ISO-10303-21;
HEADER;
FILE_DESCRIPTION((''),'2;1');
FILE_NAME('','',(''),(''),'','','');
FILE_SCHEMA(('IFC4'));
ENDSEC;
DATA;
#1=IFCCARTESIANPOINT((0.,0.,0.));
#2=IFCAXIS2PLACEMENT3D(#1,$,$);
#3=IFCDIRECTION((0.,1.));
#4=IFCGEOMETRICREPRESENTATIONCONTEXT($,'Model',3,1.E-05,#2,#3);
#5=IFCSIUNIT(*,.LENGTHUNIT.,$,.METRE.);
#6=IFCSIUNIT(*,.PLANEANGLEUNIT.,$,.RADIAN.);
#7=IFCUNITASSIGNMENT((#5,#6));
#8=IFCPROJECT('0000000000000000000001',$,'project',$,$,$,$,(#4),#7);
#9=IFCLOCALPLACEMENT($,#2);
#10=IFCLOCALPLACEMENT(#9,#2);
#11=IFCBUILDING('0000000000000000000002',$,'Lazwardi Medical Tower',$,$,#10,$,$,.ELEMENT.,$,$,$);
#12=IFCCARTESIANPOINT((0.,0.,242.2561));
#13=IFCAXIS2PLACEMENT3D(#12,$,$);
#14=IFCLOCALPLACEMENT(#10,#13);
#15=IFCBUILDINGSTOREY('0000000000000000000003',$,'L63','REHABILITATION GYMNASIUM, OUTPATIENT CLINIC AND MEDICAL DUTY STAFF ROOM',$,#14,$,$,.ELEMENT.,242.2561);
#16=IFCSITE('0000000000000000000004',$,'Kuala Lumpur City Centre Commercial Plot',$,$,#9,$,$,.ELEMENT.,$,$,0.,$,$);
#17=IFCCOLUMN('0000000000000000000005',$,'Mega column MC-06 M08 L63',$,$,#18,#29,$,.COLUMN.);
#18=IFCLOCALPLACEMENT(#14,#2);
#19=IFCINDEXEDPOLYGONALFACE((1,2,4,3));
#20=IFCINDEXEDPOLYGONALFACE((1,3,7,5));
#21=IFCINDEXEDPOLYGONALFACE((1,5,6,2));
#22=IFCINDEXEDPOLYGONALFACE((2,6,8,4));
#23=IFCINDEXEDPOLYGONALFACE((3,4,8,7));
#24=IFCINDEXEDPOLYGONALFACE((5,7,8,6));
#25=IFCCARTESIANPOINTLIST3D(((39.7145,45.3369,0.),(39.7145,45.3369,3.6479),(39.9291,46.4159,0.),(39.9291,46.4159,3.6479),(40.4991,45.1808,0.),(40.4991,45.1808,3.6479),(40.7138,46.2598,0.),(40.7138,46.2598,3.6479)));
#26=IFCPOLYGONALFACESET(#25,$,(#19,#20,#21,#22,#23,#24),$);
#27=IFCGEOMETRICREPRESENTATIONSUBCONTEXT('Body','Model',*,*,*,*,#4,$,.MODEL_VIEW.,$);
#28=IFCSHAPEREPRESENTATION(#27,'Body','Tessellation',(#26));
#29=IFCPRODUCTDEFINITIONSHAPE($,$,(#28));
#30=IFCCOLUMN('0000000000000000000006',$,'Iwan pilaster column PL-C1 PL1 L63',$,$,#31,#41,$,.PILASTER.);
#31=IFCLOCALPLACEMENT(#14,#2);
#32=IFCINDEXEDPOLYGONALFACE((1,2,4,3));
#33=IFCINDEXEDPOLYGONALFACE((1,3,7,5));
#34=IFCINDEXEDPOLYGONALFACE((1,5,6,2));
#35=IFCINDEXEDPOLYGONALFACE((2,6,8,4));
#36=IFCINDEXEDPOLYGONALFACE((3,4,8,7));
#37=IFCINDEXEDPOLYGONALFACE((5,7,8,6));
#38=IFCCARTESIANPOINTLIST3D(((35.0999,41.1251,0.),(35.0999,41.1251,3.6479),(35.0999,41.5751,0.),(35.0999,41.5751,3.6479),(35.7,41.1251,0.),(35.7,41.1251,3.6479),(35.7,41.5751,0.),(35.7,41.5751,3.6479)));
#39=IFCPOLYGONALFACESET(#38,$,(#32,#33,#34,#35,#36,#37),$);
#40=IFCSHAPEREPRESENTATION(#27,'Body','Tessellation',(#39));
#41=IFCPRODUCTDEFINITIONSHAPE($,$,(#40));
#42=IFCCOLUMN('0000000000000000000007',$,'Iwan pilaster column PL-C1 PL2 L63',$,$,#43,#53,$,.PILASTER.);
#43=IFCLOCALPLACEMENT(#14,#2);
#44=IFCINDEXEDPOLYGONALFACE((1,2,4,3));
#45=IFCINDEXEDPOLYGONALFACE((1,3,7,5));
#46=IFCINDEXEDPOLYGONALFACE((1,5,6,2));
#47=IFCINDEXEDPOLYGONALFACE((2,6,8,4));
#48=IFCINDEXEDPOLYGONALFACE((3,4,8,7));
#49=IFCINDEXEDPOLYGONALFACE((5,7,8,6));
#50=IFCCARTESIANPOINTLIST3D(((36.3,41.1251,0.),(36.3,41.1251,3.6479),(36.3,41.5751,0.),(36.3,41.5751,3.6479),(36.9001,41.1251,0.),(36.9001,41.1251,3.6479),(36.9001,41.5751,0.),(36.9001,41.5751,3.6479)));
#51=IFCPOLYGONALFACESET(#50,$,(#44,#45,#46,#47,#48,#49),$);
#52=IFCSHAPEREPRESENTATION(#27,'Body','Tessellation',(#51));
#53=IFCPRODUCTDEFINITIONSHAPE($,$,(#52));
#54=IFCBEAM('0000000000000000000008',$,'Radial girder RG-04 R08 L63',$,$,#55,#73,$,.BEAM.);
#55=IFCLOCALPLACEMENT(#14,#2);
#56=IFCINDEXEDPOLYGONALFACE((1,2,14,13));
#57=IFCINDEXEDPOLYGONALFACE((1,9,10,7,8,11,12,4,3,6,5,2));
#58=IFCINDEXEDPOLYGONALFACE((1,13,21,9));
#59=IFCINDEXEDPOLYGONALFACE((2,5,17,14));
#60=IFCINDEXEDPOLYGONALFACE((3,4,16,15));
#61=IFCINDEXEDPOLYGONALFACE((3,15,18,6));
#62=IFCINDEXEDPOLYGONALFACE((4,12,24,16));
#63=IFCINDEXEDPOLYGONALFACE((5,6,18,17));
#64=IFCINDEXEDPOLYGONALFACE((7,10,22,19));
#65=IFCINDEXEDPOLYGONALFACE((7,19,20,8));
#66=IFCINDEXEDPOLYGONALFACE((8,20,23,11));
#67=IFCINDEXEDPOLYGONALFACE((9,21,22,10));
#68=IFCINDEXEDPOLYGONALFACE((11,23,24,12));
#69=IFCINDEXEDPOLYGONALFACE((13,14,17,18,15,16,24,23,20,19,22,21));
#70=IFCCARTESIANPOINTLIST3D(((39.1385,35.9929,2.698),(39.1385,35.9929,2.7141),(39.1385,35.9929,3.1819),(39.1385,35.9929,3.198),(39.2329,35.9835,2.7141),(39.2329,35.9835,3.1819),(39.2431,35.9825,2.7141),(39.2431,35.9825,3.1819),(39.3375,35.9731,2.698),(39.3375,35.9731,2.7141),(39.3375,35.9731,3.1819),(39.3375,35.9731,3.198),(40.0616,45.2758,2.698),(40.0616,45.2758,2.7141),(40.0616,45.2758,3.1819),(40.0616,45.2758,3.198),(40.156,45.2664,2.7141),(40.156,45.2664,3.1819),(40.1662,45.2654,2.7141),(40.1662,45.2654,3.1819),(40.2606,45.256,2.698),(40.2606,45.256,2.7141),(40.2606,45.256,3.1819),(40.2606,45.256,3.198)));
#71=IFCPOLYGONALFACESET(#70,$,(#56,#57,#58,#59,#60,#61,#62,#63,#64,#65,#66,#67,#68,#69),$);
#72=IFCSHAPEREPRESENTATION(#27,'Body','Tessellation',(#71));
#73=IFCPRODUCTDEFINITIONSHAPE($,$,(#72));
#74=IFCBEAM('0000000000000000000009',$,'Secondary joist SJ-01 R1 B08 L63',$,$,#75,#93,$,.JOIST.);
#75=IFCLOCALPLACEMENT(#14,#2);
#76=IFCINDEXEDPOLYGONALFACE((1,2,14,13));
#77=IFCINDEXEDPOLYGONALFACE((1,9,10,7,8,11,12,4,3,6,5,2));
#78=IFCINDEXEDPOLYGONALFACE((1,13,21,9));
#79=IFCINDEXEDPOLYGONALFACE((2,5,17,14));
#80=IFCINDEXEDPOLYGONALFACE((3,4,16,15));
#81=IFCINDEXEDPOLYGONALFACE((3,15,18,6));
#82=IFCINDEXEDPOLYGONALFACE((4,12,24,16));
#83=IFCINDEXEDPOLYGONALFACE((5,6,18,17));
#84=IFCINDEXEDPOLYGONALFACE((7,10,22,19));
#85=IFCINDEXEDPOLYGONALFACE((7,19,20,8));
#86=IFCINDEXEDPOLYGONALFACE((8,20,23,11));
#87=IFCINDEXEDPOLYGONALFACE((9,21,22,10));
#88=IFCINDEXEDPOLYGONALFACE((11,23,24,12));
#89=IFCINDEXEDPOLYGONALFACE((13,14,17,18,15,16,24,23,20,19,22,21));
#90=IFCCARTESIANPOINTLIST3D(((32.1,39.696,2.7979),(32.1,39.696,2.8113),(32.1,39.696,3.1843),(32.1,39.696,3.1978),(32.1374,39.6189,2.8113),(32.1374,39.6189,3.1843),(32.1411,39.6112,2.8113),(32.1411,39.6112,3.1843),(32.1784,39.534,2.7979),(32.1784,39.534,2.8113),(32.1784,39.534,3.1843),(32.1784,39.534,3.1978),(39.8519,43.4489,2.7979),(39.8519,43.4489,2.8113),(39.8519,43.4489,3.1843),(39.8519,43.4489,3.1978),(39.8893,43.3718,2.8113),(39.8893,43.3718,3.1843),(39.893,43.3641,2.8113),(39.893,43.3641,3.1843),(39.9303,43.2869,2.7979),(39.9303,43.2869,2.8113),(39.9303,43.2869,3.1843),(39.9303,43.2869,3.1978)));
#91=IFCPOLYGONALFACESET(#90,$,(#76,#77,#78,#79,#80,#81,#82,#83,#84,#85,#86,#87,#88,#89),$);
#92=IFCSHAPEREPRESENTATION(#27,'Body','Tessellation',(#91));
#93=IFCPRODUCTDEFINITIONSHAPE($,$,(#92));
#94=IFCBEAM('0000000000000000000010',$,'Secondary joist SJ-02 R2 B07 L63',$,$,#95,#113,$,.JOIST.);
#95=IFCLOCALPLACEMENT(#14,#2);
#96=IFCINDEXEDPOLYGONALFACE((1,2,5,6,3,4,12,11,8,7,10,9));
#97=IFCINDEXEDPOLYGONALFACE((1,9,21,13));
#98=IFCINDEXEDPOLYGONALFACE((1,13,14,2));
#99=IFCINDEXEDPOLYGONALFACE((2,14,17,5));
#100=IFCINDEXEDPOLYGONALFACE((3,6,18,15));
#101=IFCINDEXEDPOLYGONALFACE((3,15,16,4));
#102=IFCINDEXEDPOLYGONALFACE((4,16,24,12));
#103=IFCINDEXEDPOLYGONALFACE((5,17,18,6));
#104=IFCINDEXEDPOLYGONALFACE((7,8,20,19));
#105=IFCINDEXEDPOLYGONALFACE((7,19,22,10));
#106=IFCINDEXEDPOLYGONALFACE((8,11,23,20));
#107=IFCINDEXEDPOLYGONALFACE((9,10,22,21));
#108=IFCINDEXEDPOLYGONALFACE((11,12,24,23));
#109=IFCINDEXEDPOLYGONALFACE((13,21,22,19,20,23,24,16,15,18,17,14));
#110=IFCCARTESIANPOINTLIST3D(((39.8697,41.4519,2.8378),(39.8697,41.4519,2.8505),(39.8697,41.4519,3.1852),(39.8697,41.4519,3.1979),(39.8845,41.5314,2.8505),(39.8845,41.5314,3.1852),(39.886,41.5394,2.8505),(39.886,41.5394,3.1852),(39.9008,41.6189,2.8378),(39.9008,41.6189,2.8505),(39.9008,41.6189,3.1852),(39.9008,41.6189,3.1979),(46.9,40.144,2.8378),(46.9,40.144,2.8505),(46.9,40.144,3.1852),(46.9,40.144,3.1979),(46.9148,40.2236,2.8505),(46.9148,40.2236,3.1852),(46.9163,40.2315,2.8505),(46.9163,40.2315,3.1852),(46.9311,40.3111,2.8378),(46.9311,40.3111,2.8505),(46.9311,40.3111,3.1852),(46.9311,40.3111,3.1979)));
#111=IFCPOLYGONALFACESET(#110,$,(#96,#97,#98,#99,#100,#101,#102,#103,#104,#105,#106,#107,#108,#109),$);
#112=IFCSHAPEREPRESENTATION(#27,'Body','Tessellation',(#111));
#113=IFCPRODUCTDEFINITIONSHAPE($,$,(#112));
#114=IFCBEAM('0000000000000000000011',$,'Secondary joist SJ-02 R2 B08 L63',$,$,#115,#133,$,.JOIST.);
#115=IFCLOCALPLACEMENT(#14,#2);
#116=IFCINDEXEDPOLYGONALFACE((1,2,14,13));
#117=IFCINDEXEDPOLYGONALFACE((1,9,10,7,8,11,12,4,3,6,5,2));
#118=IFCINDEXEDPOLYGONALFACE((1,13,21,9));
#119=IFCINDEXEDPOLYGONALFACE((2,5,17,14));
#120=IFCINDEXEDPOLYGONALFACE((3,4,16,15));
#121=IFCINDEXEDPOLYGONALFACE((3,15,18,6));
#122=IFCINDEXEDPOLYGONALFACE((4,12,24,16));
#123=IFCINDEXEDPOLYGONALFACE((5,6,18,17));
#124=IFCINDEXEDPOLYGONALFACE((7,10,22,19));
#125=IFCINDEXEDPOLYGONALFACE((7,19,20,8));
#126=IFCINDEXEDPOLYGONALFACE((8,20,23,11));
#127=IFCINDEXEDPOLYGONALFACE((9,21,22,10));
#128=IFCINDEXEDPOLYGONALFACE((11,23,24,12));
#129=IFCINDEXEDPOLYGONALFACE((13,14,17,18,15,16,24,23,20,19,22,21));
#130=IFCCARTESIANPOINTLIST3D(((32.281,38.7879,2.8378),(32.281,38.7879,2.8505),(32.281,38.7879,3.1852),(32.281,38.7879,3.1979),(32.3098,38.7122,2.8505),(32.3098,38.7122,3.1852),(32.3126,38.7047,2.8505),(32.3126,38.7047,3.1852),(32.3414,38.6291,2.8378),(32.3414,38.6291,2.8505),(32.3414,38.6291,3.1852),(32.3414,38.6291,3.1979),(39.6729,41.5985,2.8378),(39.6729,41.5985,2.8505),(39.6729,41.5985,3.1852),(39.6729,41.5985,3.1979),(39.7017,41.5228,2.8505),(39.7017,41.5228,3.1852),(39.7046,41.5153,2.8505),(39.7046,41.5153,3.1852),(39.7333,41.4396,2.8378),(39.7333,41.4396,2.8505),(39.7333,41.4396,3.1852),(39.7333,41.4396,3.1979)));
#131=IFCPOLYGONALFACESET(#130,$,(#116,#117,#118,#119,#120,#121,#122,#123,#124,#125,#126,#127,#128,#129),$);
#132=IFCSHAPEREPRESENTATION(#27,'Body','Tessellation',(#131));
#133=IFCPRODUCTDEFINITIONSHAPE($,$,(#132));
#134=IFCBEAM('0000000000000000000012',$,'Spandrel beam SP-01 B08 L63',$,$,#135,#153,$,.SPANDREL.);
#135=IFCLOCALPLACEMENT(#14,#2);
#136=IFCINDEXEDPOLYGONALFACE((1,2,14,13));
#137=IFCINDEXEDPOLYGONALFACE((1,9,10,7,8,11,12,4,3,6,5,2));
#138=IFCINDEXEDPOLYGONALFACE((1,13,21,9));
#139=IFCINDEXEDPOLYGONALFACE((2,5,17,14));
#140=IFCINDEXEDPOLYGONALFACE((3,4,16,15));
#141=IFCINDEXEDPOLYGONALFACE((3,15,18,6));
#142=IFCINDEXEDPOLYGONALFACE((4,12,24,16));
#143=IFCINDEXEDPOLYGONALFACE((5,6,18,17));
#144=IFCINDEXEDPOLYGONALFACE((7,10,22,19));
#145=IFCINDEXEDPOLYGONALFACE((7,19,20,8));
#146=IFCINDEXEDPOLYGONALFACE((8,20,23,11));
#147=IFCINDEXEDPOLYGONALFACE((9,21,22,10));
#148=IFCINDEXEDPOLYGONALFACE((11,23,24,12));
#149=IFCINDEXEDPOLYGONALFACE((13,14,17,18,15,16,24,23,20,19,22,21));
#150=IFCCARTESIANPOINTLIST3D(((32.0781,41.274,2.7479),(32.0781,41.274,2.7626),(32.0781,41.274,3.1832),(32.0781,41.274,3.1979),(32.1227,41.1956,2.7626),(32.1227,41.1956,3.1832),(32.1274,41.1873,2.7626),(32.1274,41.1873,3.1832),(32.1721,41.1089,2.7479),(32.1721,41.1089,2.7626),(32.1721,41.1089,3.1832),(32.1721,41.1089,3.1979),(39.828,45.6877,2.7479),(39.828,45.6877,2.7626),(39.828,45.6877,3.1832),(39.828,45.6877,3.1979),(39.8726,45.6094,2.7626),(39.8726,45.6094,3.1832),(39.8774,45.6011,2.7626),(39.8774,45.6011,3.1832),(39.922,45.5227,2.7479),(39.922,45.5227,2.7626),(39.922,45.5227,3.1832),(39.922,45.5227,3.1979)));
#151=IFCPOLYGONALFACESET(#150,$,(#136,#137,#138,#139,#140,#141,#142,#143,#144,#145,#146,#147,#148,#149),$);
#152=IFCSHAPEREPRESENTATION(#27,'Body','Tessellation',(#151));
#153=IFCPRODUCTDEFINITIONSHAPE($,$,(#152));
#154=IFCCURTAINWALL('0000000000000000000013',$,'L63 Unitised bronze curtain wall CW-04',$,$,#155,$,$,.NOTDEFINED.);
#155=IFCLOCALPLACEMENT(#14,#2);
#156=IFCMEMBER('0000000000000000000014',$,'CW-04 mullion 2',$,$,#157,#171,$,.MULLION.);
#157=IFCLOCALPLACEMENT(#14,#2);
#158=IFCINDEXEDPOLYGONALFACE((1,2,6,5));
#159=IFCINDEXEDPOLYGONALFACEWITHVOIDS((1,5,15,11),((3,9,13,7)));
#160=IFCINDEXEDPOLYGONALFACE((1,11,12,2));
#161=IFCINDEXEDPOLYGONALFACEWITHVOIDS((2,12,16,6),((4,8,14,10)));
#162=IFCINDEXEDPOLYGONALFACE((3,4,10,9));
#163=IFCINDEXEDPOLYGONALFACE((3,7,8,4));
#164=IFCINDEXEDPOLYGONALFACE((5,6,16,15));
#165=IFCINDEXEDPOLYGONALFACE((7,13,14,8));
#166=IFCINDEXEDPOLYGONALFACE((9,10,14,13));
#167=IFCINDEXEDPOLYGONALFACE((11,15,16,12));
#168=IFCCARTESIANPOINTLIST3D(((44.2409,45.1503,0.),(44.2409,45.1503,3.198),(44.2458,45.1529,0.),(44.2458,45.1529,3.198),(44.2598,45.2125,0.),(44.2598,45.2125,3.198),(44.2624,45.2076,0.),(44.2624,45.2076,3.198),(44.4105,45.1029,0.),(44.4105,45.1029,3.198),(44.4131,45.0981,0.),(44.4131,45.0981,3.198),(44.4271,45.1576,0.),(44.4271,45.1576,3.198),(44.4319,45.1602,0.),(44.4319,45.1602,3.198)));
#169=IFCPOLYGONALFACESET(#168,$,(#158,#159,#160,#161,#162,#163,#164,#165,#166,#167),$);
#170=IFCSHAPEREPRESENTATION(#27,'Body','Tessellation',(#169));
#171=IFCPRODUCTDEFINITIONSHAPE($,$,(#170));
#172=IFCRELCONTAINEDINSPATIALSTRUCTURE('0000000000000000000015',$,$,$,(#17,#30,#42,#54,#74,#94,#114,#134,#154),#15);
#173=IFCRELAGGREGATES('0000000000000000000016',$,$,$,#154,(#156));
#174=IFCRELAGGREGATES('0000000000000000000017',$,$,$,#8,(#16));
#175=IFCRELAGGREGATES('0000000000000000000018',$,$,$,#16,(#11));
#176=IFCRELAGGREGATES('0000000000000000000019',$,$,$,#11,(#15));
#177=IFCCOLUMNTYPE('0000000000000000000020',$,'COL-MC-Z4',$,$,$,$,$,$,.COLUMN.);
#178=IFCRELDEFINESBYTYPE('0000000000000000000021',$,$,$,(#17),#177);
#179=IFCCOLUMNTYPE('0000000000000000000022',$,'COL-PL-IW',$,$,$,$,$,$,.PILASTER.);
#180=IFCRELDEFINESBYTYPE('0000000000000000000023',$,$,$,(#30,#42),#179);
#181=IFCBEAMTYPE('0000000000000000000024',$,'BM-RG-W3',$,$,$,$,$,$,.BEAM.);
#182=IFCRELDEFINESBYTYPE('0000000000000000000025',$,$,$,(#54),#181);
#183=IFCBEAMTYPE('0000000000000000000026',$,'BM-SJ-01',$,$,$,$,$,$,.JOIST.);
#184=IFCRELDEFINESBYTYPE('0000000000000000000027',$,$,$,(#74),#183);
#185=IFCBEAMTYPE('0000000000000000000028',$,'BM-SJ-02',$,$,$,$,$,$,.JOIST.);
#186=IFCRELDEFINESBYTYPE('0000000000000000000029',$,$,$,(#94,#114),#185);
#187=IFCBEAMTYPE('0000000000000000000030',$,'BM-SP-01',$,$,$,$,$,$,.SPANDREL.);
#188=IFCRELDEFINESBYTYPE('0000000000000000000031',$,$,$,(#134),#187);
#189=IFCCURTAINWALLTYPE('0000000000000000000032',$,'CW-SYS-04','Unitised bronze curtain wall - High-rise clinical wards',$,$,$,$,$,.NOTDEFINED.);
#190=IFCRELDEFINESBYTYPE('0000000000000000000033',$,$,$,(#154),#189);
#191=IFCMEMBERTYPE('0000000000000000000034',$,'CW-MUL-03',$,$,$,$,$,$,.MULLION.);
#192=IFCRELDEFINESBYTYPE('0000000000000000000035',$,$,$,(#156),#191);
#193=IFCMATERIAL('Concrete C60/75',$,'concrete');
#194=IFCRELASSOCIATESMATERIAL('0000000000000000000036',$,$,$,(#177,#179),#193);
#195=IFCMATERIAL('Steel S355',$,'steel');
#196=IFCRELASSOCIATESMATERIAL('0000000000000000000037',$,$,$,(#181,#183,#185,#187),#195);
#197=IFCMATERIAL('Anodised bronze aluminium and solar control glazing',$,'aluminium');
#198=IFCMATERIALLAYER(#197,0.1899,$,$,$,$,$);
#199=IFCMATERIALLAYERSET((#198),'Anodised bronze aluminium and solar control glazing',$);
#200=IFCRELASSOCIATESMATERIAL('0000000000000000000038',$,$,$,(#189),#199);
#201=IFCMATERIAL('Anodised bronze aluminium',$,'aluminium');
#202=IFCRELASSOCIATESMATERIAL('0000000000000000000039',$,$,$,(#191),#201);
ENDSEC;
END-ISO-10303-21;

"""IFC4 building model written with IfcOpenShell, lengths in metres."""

from ifc_helpers import new_model, si_unit, direction, frame, origin, origin_2d, place, context, subcontext, project, spatial, rectangle, hollow_rectangle, i_section, extrude, material, layer, layer_set, material_profile, profile_set, type_object, element, aggregate, save


model = new_model("IFC4")

# Units and contexts
model_context = context("Model", 3, precision=1e-05, world=origin(), true_north=direction((0.0, 1.0)))
body_context = subcontext(model_context, "Body", "Model", "MODEL_VIEW")
ifc_project = project(units=[si_unit("LENGTHUNIT", "METRE"), si_unit("PLANEANGLEUNIT", "RADIAN")], contexts=[model_context])

# Site, building, storey
site_placement = place(None, origin())
site = spatial("IfcSite", under=ifc_project, at=site_placement, Name="Kuala Lumpur City Centre Commercial Plot", CompositionType="ELEMENT", RefElevation=0.0)
building_placement = place(site_placement, origin())
building = spatial("IfcBuilding", under=site, at=building_placement, Name="Lazwardi Medical Tower", CompositionType="ELEMENT")
storey_placement = place(building_placement, frame((0.0, 0.0, 242.2561)))
storey = spatial("IfcBuildingStorey", under=building, at=storey_placement, Name="L63", Description="REHABILITATION GYMNASIUM, OUTPATIENT CLINIC AND MEDICAL DUTY STAFF ROOM", CompositionType="ELEMENT", Elevation=242.2561)

# Columns
ifc_material_1 = material(Name="Concrete C60/75", Category="concrete")
ifc_material_profile_1 = material_profile(ifc_material_1, rectangle(XDim=1.1001, YDim=0.8, at=origin_2d()), Name="CFT-RECT 1100x800")
ifc_profile_set_1 = profile_set([ifc_material_profile_1], Name="Concrete C60/75")
column_type_1 = type_object("IfcColumnType", Name="COL-MC-Z4", PredefinedType="COLUMN", material=ifc_profile_set_1)
column_placement = place(storey_placement, frame((40.2141, 45.7983, 0.0), z_axis=(0.0, 0.0, 1.0), x_axis=(0.19509, 0.980785, 0.0)))
element("IfcColumn", 1, at=column_placement, inside=storey, type_object=column_type_1, Name="Mega column MC-06 M08 L63", PredefinedType="COLUMN", context=body_context, shape_type="SweptSolid", body=[
    extrude(rectangle(XDim=1.1001, YDim=0.8, at=origin_2d()), origin(), (0.0, 0.0, 1.0), 3.6479),
])
ifc_material_profile_2 = material_profile(ifc_material_1, rectangle(XDim=0.6001, YDim=0.45, at=origin_2d()), Name="RC 600x450")
ifc_profile_set_2 = profile_set([ifc_material_profile_2], Name="Concrete C60/75")
column_type_2 = type_object("IfcColumnType", Name="COL-PL-IW", PredefinedType="PILASTER", material=ifc_profile_set_2)
for number, where, z_axis, x_axis, name in (
    (2, (35.3999, 41.3501, 0.0), (0.0, 0.0, 1.0), (1.0, 0.0, 0.0), "Iwan pilaster column PL-C1 PL1 L63"),
    (3, (36.6001, 41.3501, 0.0), (0.0, 0.0, 1.0), (1.0, 0.0, 0.0), "Iwan pilaster column PL-C1 PL2 L63"),
):
    element("IfcColumn", number, at=place(storey_placement, frame(where, z_axis=z_axis, x_axis=x_axis)), inside=storey, type_object=column_type_2, Name=name, PredefinedType="PILASTER", context=body_context, shape_type="SweptSolid", body=[
        extrude(rectangle(XDim=0.6001, YDim=0.45, at=origin_2d()), origin(), (0.0, 0.0, 1.0), 3.6479),
    ])

# Beams
ifc_material_2 = material(Name="Steel S355", Category="steel")
ifc_material_profile_3 = material_profile(ifc_material_2, i_section(OverallWidth=0.2, OverallDepth=0.5, WebThickness=0.0103, FlangeThickness=0.0161, at=origin_2d()), Name="IPE 500")
ifc_profile_set_3 = profile_set([ifc_material_profile_3], Name="Steel S355")
beam_type_1 = type_object("IfcBeamType", Name="BM-RG-W3", PredefinedType="BEAM", material=ifc_profile_set_3)
beam_1_placement = place(storey_placement, frame((40.1611, 45.2659, 2.948), z_axis=(-0.098954, -0.995092, 0.0), x_axis=(0.995092, -0.098954, 0.0)))
element("IfcBeam", 4, at=beam_1_placement, inside=storey, type_object=beam_type_1, Name="Radial girder RG-04 R08 L63", PredefinedType="BEAM", context=body_context, shape_type="SweptSolid", body=[
    extrude(i_section(OverallWidth=0.2, OverallDepth=0.5, WebThickness=0.0103, FlangeThickness=0.0161, at=origin_2d()), origin(), (0.0, 0.0, 1.0), 9.3286),
])
ifc_material_profile_4 = material_profile(ifc_material_2, i_section(OverallWidth=0.1799, OverallDepth=0.3999, WebThickness=0.0085, FlangeThickness=0.0134, at=origin_2d()), Name="IPE 400")
ifc_profile_set_4 = profile_set([ifc_material_profile_4], Name="Steel S355")
beam_type_2 = type_object("IfcBeamType", Name="BM-SJ-01", PredefinedType="JOIST", material=ifc_profile_set_4)
beam_2_placement = place(storey_placement, frame((39.8911, 43.3679, 2.9978), z_axis=(-0.900069, -0.435748, 0.0), x_axis=(0.435748, -0.900069, 0.0)))
element("IfcBeam", 5, at=beam_2_placement, inside=storey, type_object=beam_type_2, Name="Secondary joist SJ-01 R1 B08 L63", PredefinedType="JOIST", context=body_context, shape_type="SweptSolid", body=[
    extrude(i_section(OverallWidth=0.1799, OverallDepth=0.3999, WebThickness=0.0085, FlangeThickness=0.0134, at=origin_2d()), origin(), (0.0, 0.0, 1.0), 8.6125),
])
ifc_material_profile_5 = material_profile(ifc_material_2, i_section(OverallWidth=0.1699, OverallDepth=0.3601, WebThickness=0.0081, FlangeThickness=0.0127, at=origin_2d()), Name="IPE 360")
ifc_profile_set_5 = profile_set([ifc_material_profile_5], Name="Steel S355")
beam_type_3 = type_object("IfcBeamType", Name="BM-SJ-02", PredefinedType="JOIST", material=ifc_profile_set_5)
beam_3_placement = place(storey_placement, frame((46.9155, 40.2275, 3.0178), z_axis=(-0.983132, 0.182895, 0.0), x_axis=(-0.182895, -0.983132, 0.0)))
element("IfcBeam", 6, at=beam_3_placement, inside=storey, type_object=beam_type_3, Name="Secondary joist SJ-02 R2 B07 L63", PredefinedType="JOIST", context=body_context, shape_type="SweptSolid", body=[
    extrude(i_section(OverallWidth=0.1699, OverallDepth=0.3601, WebThickness=0.0081, FlangeThickness=0.0127, at=origin_2d()), origin(), (0.0, 0.0, 1.0), 7.1509),
])
beam_4_placement = place(storey_placement, frame((39.7031, 41.519, 3.0178), z_axis=(-0.934714, -0.3554, 0.0), x_axis=(0.3554, -0.934714, 0.0)))
element("IfcBeam", 7, at=beam_4_placement, inside=storey, type_object=beam_type_3, Name="Secondary joist SJ-02 R2 B08 L63", PredefinedType="JOIST", context=body_context, shape_type="SweptSolid", body=[
    extrude(i_section(OverallWidth=0.1699, OverallDepth=0.3601, WebThickness=0.0081, FlangeThickness=0.0127, at=origin_2d()), origin(), (0.0, 0.0, 1.0), 7.9082),
])
ifc_material_profile_6 = material_profile(ifc_material_2, i_section(OverallWidth=0.1899, OverallDepth=0.45, WebThickness=0.0095, FlangeThickness=0.0146, at=origin_2d()), Name="IPE 450")
ifc_profile_set_6 = profile_set([ifc_material_profile_6], Name="Steel S355")
beam_type_4 = type_object("IfcBeamType", Name="BM-SP-01", PredefinedType="SPANDREL", material=ifc_profile_set_6)
beam_5_placement = place(storey_placement, frame((39.875, 45.6052, 2.9729), z_axis=(-0.868955, -0.494891, 0.0), x_axis=(0.494891, -0.868955, 0.0)))
element("IfcBeam", 8, at=beam_5_placement, inside=storey, type_object=beam_type_4, Name="Spandrel beam SP-01 B08 L63", PredefinedType="SPANDREL", context=body_context, shape_type="SweptSolid", body=[
    extrude(i_section(OverallWidth=0.1899, OverallDepth=0.45, WebThickness=0.0095, FlangeThickness=0.0146, at=origin_2d()), origin(), (0.0, 0.0, 1.0), 8.9187),
])

# Curtain wall, member
ifc_material_3 = material(Name="Anodised bronze aluminium and solar control glazing", Category="aluminium")
ifc_layer_1 = layer(ifc_material_3, 0.1899)
ifc_layer_set_1 = layer_set([ifc_layer_1], Name="Anodised bronze aluminium and solar control glazing")
curtain_wall_type = type_object("IfcCurtainWallType", Name="CW-SYS-04", Description="Unitised bronze curtain wall - High-rise clinical wards", PredefinedType="NOTDEFINED", material=ifc_layer_set_1)
curtain_wall_placement = place(storey_placement, origin())
curtain_wall = element("IfcCurtainWall", 9, at=curtain_wall_placement, inside=storey, type_object=curtain_wall_type, Name="L63 Unitised bronze curtain wall CW-04", PredefinedType="NOTDEFINED")
ifc_material_4 = material(Name="Anodised bronze aluminium", Category="aluminium")
ifc_material_profile_7 = material_profile(ifc_material_4, hollow_rectangle(XDim=0.0649, YDim=0.1799, WallThickness=0.0039, at=origin_2d()), Name="ALU-MULLION 180x65x4")
ifc_profile_set_7 = profile_set([ifc_material_profile_7], Name="Anodised bronze aluminium")
member_type_1 = type_object("IfcMemberType", Name="CW-MUL-03", PredefinedType="MULLION", material=ifc_profile_set_7)
member_1_placement = place(storey_placement, frame((44.3364, 45.1553, 0.0), z_axis=(0.0, 0.0, 1.0), x_axis=(-0.290582, -0.95685, 0.0)))
member_1 = element("IfcMember", 10, at=member_1_placement, type_object=member_type_1, Name="CW-04 mullion 2", PredefinedType="MULLION", context=body_context, shape_type="SweptSolid", body=[
    extrude(hollow_rectangle(XDim=0.0649, YDim=0.1799, WallThickness=0.0039, at=origin_2d()), origin(), (0.0, 0.0, 1.0), 3.198),
])
aggregate(curtain_wall, [member_1])

save(model, "model.ifc")
